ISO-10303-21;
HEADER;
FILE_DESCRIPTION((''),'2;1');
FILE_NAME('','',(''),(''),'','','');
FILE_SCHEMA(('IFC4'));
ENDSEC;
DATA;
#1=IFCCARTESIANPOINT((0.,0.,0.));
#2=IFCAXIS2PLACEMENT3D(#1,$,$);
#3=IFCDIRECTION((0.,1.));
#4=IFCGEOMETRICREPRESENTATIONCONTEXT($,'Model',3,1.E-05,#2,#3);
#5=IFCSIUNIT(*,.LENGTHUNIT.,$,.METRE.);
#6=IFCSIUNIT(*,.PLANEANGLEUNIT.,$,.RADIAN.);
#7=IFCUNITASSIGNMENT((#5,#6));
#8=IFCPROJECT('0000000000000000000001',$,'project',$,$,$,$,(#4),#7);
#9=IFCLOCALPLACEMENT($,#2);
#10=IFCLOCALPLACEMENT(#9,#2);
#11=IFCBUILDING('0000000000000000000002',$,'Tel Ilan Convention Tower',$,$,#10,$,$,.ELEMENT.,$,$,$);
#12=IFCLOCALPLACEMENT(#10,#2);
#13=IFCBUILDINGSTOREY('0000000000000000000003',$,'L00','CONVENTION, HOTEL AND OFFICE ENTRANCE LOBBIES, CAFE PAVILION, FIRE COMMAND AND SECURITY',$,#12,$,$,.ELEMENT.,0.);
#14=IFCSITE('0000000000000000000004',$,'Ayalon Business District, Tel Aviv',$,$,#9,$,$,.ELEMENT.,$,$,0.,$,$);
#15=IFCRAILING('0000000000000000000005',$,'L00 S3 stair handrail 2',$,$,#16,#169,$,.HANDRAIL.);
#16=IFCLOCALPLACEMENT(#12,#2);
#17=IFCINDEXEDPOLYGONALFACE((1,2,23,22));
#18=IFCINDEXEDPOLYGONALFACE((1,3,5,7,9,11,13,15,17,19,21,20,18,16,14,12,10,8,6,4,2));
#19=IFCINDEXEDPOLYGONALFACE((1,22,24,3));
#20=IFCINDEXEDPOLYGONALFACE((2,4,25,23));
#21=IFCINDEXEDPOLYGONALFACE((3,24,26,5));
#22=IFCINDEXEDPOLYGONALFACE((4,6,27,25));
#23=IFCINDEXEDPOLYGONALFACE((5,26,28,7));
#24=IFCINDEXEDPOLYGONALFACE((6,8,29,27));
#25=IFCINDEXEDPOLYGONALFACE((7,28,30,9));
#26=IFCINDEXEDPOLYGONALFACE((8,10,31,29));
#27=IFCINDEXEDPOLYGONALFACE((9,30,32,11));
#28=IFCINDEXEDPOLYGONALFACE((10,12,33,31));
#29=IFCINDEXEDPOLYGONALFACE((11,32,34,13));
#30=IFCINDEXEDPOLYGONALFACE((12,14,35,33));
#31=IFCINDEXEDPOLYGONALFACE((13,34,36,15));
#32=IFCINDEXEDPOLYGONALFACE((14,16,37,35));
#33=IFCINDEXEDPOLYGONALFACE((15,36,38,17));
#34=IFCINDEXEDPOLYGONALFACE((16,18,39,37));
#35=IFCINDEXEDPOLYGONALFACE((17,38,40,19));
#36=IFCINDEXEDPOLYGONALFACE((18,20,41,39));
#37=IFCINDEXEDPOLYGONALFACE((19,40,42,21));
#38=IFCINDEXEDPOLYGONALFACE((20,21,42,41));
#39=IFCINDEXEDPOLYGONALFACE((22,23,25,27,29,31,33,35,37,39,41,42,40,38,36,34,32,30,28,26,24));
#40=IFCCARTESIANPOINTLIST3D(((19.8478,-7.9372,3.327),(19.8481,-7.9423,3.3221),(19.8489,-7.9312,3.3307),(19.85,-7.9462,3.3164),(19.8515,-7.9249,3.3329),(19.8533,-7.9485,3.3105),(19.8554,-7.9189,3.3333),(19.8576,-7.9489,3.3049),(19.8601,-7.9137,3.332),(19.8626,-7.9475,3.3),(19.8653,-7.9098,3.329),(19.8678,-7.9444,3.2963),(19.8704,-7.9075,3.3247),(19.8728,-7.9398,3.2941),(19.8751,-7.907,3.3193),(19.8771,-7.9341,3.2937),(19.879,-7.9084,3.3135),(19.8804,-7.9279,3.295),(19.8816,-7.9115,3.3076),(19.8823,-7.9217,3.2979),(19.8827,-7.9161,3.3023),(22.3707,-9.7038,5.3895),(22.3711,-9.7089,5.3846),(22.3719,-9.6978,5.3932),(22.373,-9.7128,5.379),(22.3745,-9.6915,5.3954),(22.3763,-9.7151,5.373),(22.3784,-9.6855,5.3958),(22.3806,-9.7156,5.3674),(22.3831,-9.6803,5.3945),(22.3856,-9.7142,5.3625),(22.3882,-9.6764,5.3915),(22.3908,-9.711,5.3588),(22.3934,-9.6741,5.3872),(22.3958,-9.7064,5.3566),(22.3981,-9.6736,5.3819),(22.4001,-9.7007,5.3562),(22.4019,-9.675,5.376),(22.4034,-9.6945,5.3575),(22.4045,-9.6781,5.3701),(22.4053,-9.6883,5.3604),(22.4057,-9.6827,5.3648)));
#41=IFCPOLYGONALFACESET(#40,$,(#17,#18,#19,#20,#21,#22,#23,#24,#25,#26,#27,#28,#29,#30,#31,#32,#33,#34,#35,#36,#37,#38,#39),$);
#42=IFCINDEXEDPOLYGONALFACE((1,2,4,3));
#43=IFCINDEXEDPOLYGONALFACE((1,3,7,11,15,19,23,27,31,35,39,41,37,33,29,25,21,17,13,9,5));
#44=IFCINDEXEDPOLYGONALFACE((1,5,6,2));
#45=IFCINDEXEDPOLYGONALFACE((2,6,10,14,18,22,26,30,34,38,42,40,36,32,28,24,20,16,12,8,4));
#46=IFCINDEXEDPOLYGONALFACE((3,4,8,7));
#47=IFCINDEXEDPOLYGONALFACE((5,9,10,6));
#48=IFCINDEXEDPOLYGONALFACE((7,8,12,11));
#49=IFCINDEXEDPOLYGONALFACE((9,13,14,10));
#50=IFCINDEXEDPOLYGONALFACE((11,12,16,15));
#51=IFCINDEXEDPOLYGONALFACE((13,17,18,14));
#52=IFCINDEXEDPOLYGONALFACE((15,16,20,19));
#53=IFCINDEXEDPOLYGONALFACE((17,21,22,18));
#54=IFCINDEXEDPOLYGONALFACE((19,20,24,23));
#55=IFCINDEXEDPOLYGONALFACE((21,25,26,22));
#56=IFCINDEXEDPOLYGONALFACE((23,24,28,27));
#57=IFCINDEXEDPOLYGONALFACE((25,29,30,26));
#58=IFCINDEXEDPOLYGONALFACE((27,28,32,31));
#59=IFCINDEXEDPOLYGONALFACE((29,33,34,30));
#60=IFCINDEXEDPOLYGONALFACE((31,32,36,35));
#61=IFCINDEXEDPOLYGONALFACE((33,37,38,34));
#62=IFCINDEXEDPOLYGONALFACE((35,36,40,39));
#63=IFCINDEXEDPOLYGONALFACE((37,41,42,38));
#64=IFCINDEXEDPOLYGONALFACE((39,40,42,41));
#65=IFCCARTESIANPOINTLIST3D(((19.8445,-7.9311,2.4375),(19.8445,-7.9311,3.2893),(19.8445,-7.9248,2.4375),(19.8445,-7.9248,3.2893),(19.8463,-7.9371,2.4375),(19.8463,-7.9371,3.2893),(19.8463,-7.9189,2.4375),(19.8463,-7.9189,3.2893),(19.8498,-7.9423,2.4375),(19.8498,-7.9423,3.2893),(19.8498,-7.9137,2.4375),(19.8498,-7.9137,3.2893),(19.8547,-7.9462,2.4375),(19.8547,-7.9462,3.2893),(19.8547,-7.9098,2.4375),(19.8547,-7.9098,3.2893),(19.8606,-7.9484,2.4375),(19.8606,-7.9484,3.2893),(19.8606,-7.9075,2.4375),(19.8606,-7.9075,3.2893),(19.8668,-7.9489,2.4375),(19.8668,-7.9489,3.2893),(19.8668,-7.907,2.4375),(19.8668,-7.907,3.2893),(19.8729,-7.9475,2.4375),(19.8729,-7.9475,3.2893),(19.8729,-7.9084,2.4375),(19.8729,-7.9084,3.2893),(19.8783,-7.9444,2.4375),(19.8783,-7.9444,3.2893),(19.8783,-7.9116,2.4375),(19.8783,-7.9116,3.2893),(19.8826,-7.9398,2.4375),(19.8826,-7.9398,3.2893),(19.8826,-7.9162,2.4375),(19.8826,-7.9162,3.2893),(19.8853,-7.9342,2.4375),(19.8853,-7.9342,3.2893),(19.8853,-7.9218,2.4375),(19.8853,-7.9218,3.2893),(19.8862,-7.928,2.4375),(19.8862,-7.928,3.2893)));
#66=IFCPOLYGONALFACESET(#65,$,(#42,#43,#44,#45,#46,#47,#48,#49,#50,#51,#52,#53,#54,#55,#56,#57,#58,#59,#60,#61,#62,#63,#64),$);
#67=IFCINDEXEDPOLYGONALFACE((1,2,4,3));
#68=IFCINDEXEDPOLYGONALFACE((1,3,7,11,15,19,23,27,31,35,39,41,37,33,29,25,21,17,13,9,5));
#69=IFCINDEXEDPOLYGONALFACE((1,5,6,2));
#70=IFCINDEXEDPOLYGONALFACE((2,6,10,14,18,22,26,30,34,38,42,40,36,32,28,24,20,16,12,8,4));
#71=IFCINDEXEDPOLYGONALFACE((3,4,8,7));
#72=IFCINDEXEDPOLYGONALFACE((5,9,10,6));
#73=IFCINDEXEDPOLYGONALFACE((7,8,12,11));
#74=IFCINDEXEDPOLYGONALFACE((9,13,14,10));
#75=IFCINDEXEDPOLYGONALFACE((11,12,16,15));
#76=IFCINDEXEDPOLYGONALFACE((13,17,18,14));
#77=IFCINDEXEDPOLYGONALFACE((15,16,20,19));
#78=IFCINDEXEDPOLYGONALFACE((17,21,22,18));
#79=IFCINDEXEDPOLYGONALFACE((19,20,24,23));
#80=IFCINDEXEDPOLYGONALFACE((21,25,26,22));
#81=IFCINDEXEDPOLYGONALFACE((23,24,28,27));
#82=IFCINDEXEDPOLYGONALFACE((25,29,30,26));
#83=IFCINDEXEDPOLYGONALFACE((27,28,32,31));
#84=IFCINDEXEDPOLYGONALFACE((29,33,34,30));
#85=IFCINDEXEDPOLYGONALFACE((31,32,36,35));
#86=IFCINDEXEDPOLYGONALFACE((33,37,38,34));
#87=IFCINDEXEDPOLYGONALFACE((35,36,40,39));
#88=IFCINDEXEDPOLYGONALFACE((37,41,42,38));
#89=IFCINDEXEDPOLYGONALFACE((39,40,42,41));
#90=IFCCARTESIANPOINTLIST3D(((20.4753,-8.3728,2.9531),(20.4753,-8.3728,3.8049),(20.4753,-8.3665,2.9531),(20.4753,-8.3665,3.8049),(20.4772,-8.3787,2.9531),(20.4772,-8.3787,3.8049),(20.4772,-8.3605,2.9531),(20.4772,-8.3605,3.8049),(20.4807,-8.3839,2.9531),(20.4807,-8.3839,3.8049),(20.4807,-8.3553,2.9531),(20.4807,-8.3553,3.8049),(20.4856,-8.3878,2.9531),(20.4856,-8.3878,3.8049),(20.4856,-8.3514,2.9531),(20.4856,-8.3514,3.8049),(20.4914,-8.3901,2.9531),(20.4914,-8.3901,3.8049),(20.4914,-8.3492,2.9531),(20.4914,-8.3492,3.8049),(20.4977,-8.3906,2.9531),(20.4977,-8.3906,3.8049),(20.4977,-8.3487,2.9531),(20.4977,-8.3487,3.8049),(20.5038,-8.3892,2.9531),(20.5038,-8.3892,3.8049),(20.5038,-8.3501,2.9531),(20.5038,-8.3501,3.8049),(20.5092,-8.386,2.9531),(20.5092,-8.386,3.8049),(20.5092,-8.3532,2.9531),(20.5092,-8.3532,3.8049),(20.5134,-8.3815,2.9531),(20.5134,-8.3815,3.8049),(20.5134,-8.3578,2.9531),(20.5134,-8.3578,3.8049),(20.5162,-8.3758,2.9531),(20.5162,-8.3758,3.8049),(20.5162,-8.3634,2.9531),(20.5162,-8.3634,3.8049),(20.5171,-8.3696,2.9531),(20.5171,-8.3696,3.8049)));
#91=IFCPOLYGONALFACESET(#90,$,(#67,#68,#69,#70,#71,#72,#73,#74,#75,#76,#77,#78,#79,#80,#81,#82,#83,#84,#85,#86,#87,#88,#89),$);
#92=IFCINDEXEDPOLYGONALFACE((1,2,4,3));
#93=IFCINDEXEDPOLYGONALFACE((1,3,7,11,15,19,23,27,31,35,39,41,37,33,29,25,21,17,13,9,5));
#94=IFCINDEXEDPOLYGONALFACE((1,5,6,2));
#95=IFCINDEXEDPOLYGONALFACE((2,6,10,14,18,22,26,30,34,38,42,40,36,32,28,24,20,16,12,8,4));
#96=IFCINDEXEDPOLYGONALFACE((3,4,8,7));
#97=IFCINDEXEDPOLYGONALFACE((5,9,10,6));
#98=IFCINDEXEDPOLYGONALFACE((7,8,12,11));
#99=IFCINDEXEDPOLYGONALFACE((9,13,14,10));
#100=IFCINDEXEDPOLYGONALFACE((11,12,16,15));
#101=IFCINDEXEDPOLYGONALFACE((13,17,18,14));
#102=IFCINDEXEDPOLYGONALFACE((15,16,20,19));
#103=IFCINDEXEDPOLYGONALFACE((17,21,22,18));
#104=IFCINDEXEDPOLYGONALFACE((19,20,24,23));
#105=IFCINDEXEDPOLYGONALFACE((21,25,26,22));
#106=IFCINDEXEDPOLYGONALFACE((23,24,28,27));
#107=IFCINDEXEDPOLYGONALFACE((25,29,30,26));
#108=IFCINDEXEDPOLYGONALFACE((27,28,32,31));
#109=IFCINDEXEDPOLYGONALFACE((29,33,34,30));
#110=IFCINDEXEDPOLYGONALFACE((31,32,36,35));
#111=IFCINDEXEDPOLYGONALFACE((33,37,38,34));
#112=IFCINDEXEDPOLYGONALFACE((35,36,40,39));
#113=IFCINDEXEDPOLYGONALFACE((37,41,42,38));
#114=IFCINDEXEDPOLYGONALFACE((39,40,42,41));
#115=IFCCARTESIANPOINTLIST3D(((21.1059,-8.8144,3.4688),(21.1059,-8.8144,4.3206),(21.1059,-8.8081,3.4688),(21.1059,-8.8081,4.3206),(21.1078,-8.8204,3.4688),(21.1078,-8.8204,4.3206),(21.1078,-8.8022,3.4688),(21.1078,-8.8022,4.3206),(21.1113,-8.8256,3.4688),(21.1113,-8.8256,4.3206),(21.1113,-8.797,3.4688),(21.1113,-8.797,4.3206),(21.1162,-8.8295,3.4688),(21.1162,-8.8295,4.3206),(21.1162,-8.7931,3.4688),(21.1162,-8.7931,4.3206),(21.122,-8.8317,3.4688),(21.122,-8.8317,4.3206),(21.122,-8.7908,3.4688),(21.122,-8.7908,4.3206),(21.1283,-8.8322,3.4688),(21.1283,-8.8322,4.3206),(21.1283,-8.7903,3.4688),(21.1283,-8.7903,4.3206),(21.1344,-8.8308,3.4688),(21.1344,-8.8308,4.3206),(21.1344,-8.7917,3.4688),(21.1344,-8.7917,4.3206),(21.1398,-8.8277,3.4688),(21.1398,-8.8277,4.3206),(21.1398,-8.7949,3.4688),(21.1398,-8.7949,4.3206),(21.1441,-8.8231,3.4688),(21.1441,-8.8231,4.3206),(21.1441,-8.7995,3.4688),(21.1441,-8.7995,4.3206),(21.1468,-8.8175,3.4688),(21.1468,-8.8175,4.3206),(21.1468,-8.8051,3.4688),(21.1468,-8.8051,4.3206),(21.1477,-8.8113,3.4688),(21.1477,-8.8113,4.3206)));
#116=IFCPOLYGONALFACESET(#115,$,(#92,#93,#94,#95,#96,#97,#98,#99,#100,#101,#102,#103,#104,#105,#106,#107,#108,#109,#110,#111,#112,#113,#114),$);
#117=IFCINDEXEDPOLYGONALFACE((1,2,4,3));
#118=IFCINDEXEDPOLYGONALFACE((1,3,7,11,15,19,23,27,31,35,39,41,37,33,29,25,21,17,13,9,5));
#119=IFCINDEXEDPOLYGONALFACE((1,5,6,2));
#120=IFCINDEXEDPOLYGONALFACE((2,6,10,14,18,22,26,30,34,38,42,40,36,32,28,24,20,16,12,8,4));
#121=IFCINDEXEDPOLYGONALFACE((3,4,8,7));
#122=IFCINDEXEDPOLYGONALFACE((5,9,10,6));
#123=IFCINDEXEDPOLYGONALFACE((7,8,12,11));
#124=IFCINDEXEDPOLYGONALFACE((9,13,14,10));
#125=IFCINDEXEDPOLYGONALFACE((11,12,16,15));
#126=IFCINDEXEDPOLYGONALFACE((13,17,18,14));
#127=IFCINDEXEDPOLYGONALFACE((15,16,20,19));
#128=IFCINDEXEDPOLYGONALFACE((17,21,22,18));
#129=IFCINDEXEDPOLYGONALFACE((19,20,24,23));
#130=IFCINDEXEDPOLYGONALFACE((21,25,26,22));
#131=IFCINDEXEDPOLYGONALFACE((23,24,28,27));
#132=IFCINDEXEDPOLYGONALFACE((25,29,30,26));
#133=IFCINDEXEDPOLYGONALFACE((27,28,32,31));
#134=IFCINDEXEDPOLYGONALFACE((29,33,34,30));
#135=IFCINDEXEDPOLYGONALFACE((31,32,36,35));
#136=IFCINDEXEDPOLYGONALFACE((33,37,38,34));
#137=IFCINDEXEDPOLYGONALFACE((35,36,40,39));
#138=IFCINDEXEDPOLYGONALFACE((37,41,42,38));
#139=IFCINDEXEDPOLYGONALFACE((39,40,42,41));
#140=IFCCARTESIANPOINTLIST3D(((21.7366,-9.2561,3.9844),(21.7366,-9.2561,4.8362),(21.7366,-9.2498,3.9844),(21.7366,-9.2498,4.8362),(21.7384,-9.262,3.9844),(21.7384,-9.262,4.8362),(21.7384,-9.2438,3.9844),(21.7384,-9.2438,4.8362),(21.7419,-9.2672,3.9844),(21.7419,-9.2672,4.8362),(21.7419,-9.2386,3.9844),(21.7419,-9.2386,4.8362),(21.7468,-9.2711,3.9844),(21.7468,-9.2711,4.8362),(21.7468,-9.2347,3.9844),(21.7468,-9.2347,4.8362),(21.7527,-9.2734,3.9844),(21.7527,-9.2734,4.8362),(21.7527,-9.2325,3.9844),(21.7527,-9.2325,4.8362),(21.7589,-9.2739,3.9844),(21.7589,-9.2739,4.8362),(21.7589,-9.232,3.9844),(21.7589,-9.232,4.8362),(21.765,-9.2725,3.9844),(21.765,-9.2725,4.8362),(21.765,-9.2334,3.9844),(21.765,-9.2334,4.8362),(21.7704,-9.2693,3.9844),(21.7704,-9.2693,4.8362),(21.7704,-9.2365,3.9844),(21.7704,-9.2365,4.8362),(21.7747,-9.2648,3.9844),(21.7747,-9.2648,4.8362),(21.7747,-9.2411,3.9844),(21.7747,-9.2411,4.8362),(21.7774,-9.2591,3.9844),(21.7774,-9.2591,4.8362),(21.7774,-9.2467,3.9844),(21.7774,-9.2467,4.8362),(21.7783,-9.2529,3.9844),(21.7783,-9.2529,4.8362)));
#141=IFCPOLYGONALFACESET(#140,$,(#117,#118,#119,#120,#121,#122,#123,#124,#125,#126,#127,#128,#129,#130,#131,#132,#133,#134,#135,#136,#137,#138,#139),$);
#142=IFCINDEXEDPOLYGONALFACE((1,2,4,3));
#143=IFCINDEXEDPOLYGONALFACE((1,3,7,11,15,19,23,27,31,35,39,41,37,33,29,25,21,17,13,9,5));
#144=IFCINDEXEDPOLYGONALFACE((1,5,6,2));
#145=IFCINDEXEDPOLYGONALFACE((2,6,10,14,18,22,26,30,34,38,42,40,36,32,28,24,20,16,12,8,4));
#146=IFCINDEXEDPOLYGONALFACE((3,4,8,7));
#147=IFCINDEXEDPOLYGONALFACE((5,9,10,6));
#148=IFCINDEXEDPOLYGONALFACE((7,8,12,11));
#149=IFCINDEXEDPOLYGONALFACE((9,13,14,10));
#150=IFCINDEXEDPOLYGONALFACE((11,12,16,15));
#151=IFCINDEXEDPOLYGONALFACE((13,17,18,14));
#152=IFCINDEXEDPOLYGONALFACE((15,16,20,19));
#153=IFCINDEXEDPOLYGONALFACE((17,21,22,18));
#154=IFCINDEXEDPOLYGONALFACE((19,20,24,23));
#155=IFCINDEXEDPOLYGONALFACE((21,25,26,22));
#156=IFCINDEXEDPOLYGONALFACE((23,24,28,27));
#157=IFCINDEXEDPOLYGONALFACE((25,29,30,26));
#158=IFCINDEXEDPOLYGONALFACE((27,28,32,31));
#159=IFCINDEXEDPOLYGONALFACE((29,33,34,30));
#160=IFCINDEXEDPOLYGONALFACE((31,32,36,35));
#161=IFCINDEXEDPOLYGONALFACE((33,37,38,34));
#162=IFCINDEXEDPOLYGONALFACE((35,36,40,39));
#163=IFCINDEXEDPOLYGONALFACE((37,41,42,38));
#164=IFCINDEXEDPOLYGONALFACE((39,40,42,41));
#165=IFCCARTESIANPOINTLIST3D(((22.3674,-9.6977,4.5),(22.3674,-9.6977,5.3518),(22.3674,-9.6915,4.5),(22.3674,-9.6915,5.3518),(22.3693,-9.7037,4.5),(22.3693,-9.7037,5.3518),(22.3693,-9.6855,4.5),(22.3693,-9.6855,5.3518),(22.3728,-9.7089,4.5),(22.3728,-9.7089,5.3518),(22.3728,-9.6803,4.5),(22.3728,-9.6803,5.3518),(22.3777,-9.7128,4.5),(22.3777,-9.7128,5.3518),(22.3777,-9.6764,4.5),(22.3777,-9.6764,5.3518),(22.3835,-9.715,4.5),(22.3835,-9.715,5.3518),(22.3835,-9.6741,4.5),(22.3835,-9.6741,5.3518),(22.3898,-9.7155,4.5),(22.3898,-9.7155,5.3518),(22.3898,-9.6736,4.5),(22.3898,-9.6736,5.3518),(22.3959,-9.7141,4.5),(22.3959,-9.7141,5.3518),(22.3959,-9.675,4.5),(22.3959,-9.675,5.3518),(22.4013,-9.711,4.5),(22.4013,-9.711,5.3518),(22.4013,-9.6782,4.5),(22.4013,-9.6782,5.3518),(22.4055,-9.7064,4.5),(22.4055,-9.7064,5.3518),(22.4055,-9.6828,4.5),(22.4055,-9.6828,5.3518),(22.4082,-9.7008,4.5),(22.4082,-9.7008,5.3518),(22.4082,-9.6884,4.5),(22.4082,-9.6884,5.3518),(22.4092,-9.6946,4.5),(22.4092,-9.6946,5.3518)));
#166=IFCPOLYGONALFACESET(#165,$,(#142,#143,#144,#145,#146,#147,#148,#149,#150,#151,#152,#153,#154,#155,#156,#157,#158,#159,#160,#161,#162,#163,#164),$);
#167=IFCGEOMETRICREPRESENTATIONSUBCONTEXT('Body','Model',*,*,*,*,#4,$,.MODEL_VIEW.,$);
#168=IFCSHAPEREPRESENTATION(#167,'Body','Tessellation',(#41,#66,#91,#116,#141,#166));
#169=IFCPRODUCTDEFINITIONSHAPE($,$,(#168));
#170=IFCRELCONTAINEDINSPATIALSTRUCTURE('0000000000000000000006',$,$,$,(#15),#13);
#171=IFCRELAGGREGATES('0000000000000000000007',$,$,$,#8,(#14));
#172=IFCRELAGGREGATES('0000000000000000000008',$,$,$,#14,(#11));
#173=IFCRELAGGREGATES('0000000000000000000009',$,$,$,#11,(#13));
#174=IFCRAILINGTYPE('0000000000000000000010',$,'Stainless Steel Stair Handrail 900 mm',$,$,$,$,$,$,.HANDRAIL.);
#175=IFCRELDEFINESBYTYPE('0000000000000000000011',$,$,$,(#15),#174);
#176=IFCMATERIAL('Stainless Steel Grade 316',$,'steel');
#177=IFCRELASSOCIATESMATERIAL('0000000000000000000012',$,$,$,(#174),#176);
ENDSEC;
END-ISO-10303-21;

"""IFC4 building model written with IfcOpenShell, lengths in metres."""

from ifc_helpers import new_model, si_unit, direction, frame, origin, origin_2d, place, context, subcontext, project, spatial, circle, extrude, material, type_object, element, save


model = new_model("IFC4")

# Units and contexts
model_context = context("Model", 3, precision=1e-05, world=origin(), true_north=direction((0.0, 1.0)))
body_context = subcontext(model_context, "Body", "Model", "MODEL_VIEW")
ifc_project = project(units=[si_unit("LENGTHUNIT", "METRE"), si_unit("PLANEANGLEUNIT", "RADIAN")], contexts=[model_context])

# Site, building, storey
site_placement = place(None, origin())
site = spatial("IfcSite", under=ifc_project, at=site_placement, Name="Ayalon Business District, Tel Aviv", CompositionType="ELEMENT", RefElevation=0.0)
building_placement = place(site_placement, origin())
building = spatial("IfcBuilding", under=site, at=building_placement, Name="Tel Ilan Convention Tower", CompositionType="ELEMENT")
storey_placement = place(building_placement, origin())
storey = spatial("IfcBuildingStorey", under=building, at=storey_placement, Name="L00", Description="CONVENTION, HOTEL AND OFFICE ENTRANCE LOBBIES, CAFE PAVILION, FIRE COMMAND AND SECURITY", CompositionType="ELEMENT", Elevation=0.0)

# Railing
ifc_material_1 = material(Name="Stainless Steel Grade 316", Category="steel")
railing_type_1 = type_object("IfcRailingType", Name="Stainless Steel Stair Handrail 900 mm", PredefinedType="HANDRAIL", material=ifc_material_1)
for number, where, name in (
    (1, (19.8652, -7.928, 2.4375), "L00 S3 stair handrail 2"),
):
    element("IfcRailing", number, at=place(storey_placement, frame(where)), inside=storey, type_object=railing_type_1, Name=name, PredefinedType="HANDRAIL", context=body_context, shape_type="SweptSolid", body=[
        extrude(circle(Radius=0.0239, at=origin_2d()), frame((0.0, 0.0, 0.876), z_axis=(0.680635, -0.476589, 0.556416), x_axis=(0.573579, 0.81915, 0.0)), (0.0, 0.0, 1.0), 3.7068),
        extrude(circle(Radius=0.021, at=origin_2d()), origin(), (0.0, 0.0, 1.0), 0.8518),
        extrude(circle(Radius=0.021, at=origin_2d()), frame((0.6309, -0.4417, 0.5156)), (0.0, 0.0, 1.0), 0.8518),
        extrude(circle(Radius=0.021, at=origin_2d()), frame((1.2615, -0.8833, 1.0312)), (0.0, 0.0, 1.0), 0.8518),
        extrude(circle(Radius=0.021, at=origin_2d()), frame((1.8921, -1.325, 1.5469)), (0.0, 0.0, 1.0), 0.8518),
        extrude(circle(Radius=0.021, at=origin_2d()), frame((2.5229, -1.7666, 2.0625)), (0.0, 0.0, 1.0), 0.8518),
    ])

save(model, "model.ifc")
